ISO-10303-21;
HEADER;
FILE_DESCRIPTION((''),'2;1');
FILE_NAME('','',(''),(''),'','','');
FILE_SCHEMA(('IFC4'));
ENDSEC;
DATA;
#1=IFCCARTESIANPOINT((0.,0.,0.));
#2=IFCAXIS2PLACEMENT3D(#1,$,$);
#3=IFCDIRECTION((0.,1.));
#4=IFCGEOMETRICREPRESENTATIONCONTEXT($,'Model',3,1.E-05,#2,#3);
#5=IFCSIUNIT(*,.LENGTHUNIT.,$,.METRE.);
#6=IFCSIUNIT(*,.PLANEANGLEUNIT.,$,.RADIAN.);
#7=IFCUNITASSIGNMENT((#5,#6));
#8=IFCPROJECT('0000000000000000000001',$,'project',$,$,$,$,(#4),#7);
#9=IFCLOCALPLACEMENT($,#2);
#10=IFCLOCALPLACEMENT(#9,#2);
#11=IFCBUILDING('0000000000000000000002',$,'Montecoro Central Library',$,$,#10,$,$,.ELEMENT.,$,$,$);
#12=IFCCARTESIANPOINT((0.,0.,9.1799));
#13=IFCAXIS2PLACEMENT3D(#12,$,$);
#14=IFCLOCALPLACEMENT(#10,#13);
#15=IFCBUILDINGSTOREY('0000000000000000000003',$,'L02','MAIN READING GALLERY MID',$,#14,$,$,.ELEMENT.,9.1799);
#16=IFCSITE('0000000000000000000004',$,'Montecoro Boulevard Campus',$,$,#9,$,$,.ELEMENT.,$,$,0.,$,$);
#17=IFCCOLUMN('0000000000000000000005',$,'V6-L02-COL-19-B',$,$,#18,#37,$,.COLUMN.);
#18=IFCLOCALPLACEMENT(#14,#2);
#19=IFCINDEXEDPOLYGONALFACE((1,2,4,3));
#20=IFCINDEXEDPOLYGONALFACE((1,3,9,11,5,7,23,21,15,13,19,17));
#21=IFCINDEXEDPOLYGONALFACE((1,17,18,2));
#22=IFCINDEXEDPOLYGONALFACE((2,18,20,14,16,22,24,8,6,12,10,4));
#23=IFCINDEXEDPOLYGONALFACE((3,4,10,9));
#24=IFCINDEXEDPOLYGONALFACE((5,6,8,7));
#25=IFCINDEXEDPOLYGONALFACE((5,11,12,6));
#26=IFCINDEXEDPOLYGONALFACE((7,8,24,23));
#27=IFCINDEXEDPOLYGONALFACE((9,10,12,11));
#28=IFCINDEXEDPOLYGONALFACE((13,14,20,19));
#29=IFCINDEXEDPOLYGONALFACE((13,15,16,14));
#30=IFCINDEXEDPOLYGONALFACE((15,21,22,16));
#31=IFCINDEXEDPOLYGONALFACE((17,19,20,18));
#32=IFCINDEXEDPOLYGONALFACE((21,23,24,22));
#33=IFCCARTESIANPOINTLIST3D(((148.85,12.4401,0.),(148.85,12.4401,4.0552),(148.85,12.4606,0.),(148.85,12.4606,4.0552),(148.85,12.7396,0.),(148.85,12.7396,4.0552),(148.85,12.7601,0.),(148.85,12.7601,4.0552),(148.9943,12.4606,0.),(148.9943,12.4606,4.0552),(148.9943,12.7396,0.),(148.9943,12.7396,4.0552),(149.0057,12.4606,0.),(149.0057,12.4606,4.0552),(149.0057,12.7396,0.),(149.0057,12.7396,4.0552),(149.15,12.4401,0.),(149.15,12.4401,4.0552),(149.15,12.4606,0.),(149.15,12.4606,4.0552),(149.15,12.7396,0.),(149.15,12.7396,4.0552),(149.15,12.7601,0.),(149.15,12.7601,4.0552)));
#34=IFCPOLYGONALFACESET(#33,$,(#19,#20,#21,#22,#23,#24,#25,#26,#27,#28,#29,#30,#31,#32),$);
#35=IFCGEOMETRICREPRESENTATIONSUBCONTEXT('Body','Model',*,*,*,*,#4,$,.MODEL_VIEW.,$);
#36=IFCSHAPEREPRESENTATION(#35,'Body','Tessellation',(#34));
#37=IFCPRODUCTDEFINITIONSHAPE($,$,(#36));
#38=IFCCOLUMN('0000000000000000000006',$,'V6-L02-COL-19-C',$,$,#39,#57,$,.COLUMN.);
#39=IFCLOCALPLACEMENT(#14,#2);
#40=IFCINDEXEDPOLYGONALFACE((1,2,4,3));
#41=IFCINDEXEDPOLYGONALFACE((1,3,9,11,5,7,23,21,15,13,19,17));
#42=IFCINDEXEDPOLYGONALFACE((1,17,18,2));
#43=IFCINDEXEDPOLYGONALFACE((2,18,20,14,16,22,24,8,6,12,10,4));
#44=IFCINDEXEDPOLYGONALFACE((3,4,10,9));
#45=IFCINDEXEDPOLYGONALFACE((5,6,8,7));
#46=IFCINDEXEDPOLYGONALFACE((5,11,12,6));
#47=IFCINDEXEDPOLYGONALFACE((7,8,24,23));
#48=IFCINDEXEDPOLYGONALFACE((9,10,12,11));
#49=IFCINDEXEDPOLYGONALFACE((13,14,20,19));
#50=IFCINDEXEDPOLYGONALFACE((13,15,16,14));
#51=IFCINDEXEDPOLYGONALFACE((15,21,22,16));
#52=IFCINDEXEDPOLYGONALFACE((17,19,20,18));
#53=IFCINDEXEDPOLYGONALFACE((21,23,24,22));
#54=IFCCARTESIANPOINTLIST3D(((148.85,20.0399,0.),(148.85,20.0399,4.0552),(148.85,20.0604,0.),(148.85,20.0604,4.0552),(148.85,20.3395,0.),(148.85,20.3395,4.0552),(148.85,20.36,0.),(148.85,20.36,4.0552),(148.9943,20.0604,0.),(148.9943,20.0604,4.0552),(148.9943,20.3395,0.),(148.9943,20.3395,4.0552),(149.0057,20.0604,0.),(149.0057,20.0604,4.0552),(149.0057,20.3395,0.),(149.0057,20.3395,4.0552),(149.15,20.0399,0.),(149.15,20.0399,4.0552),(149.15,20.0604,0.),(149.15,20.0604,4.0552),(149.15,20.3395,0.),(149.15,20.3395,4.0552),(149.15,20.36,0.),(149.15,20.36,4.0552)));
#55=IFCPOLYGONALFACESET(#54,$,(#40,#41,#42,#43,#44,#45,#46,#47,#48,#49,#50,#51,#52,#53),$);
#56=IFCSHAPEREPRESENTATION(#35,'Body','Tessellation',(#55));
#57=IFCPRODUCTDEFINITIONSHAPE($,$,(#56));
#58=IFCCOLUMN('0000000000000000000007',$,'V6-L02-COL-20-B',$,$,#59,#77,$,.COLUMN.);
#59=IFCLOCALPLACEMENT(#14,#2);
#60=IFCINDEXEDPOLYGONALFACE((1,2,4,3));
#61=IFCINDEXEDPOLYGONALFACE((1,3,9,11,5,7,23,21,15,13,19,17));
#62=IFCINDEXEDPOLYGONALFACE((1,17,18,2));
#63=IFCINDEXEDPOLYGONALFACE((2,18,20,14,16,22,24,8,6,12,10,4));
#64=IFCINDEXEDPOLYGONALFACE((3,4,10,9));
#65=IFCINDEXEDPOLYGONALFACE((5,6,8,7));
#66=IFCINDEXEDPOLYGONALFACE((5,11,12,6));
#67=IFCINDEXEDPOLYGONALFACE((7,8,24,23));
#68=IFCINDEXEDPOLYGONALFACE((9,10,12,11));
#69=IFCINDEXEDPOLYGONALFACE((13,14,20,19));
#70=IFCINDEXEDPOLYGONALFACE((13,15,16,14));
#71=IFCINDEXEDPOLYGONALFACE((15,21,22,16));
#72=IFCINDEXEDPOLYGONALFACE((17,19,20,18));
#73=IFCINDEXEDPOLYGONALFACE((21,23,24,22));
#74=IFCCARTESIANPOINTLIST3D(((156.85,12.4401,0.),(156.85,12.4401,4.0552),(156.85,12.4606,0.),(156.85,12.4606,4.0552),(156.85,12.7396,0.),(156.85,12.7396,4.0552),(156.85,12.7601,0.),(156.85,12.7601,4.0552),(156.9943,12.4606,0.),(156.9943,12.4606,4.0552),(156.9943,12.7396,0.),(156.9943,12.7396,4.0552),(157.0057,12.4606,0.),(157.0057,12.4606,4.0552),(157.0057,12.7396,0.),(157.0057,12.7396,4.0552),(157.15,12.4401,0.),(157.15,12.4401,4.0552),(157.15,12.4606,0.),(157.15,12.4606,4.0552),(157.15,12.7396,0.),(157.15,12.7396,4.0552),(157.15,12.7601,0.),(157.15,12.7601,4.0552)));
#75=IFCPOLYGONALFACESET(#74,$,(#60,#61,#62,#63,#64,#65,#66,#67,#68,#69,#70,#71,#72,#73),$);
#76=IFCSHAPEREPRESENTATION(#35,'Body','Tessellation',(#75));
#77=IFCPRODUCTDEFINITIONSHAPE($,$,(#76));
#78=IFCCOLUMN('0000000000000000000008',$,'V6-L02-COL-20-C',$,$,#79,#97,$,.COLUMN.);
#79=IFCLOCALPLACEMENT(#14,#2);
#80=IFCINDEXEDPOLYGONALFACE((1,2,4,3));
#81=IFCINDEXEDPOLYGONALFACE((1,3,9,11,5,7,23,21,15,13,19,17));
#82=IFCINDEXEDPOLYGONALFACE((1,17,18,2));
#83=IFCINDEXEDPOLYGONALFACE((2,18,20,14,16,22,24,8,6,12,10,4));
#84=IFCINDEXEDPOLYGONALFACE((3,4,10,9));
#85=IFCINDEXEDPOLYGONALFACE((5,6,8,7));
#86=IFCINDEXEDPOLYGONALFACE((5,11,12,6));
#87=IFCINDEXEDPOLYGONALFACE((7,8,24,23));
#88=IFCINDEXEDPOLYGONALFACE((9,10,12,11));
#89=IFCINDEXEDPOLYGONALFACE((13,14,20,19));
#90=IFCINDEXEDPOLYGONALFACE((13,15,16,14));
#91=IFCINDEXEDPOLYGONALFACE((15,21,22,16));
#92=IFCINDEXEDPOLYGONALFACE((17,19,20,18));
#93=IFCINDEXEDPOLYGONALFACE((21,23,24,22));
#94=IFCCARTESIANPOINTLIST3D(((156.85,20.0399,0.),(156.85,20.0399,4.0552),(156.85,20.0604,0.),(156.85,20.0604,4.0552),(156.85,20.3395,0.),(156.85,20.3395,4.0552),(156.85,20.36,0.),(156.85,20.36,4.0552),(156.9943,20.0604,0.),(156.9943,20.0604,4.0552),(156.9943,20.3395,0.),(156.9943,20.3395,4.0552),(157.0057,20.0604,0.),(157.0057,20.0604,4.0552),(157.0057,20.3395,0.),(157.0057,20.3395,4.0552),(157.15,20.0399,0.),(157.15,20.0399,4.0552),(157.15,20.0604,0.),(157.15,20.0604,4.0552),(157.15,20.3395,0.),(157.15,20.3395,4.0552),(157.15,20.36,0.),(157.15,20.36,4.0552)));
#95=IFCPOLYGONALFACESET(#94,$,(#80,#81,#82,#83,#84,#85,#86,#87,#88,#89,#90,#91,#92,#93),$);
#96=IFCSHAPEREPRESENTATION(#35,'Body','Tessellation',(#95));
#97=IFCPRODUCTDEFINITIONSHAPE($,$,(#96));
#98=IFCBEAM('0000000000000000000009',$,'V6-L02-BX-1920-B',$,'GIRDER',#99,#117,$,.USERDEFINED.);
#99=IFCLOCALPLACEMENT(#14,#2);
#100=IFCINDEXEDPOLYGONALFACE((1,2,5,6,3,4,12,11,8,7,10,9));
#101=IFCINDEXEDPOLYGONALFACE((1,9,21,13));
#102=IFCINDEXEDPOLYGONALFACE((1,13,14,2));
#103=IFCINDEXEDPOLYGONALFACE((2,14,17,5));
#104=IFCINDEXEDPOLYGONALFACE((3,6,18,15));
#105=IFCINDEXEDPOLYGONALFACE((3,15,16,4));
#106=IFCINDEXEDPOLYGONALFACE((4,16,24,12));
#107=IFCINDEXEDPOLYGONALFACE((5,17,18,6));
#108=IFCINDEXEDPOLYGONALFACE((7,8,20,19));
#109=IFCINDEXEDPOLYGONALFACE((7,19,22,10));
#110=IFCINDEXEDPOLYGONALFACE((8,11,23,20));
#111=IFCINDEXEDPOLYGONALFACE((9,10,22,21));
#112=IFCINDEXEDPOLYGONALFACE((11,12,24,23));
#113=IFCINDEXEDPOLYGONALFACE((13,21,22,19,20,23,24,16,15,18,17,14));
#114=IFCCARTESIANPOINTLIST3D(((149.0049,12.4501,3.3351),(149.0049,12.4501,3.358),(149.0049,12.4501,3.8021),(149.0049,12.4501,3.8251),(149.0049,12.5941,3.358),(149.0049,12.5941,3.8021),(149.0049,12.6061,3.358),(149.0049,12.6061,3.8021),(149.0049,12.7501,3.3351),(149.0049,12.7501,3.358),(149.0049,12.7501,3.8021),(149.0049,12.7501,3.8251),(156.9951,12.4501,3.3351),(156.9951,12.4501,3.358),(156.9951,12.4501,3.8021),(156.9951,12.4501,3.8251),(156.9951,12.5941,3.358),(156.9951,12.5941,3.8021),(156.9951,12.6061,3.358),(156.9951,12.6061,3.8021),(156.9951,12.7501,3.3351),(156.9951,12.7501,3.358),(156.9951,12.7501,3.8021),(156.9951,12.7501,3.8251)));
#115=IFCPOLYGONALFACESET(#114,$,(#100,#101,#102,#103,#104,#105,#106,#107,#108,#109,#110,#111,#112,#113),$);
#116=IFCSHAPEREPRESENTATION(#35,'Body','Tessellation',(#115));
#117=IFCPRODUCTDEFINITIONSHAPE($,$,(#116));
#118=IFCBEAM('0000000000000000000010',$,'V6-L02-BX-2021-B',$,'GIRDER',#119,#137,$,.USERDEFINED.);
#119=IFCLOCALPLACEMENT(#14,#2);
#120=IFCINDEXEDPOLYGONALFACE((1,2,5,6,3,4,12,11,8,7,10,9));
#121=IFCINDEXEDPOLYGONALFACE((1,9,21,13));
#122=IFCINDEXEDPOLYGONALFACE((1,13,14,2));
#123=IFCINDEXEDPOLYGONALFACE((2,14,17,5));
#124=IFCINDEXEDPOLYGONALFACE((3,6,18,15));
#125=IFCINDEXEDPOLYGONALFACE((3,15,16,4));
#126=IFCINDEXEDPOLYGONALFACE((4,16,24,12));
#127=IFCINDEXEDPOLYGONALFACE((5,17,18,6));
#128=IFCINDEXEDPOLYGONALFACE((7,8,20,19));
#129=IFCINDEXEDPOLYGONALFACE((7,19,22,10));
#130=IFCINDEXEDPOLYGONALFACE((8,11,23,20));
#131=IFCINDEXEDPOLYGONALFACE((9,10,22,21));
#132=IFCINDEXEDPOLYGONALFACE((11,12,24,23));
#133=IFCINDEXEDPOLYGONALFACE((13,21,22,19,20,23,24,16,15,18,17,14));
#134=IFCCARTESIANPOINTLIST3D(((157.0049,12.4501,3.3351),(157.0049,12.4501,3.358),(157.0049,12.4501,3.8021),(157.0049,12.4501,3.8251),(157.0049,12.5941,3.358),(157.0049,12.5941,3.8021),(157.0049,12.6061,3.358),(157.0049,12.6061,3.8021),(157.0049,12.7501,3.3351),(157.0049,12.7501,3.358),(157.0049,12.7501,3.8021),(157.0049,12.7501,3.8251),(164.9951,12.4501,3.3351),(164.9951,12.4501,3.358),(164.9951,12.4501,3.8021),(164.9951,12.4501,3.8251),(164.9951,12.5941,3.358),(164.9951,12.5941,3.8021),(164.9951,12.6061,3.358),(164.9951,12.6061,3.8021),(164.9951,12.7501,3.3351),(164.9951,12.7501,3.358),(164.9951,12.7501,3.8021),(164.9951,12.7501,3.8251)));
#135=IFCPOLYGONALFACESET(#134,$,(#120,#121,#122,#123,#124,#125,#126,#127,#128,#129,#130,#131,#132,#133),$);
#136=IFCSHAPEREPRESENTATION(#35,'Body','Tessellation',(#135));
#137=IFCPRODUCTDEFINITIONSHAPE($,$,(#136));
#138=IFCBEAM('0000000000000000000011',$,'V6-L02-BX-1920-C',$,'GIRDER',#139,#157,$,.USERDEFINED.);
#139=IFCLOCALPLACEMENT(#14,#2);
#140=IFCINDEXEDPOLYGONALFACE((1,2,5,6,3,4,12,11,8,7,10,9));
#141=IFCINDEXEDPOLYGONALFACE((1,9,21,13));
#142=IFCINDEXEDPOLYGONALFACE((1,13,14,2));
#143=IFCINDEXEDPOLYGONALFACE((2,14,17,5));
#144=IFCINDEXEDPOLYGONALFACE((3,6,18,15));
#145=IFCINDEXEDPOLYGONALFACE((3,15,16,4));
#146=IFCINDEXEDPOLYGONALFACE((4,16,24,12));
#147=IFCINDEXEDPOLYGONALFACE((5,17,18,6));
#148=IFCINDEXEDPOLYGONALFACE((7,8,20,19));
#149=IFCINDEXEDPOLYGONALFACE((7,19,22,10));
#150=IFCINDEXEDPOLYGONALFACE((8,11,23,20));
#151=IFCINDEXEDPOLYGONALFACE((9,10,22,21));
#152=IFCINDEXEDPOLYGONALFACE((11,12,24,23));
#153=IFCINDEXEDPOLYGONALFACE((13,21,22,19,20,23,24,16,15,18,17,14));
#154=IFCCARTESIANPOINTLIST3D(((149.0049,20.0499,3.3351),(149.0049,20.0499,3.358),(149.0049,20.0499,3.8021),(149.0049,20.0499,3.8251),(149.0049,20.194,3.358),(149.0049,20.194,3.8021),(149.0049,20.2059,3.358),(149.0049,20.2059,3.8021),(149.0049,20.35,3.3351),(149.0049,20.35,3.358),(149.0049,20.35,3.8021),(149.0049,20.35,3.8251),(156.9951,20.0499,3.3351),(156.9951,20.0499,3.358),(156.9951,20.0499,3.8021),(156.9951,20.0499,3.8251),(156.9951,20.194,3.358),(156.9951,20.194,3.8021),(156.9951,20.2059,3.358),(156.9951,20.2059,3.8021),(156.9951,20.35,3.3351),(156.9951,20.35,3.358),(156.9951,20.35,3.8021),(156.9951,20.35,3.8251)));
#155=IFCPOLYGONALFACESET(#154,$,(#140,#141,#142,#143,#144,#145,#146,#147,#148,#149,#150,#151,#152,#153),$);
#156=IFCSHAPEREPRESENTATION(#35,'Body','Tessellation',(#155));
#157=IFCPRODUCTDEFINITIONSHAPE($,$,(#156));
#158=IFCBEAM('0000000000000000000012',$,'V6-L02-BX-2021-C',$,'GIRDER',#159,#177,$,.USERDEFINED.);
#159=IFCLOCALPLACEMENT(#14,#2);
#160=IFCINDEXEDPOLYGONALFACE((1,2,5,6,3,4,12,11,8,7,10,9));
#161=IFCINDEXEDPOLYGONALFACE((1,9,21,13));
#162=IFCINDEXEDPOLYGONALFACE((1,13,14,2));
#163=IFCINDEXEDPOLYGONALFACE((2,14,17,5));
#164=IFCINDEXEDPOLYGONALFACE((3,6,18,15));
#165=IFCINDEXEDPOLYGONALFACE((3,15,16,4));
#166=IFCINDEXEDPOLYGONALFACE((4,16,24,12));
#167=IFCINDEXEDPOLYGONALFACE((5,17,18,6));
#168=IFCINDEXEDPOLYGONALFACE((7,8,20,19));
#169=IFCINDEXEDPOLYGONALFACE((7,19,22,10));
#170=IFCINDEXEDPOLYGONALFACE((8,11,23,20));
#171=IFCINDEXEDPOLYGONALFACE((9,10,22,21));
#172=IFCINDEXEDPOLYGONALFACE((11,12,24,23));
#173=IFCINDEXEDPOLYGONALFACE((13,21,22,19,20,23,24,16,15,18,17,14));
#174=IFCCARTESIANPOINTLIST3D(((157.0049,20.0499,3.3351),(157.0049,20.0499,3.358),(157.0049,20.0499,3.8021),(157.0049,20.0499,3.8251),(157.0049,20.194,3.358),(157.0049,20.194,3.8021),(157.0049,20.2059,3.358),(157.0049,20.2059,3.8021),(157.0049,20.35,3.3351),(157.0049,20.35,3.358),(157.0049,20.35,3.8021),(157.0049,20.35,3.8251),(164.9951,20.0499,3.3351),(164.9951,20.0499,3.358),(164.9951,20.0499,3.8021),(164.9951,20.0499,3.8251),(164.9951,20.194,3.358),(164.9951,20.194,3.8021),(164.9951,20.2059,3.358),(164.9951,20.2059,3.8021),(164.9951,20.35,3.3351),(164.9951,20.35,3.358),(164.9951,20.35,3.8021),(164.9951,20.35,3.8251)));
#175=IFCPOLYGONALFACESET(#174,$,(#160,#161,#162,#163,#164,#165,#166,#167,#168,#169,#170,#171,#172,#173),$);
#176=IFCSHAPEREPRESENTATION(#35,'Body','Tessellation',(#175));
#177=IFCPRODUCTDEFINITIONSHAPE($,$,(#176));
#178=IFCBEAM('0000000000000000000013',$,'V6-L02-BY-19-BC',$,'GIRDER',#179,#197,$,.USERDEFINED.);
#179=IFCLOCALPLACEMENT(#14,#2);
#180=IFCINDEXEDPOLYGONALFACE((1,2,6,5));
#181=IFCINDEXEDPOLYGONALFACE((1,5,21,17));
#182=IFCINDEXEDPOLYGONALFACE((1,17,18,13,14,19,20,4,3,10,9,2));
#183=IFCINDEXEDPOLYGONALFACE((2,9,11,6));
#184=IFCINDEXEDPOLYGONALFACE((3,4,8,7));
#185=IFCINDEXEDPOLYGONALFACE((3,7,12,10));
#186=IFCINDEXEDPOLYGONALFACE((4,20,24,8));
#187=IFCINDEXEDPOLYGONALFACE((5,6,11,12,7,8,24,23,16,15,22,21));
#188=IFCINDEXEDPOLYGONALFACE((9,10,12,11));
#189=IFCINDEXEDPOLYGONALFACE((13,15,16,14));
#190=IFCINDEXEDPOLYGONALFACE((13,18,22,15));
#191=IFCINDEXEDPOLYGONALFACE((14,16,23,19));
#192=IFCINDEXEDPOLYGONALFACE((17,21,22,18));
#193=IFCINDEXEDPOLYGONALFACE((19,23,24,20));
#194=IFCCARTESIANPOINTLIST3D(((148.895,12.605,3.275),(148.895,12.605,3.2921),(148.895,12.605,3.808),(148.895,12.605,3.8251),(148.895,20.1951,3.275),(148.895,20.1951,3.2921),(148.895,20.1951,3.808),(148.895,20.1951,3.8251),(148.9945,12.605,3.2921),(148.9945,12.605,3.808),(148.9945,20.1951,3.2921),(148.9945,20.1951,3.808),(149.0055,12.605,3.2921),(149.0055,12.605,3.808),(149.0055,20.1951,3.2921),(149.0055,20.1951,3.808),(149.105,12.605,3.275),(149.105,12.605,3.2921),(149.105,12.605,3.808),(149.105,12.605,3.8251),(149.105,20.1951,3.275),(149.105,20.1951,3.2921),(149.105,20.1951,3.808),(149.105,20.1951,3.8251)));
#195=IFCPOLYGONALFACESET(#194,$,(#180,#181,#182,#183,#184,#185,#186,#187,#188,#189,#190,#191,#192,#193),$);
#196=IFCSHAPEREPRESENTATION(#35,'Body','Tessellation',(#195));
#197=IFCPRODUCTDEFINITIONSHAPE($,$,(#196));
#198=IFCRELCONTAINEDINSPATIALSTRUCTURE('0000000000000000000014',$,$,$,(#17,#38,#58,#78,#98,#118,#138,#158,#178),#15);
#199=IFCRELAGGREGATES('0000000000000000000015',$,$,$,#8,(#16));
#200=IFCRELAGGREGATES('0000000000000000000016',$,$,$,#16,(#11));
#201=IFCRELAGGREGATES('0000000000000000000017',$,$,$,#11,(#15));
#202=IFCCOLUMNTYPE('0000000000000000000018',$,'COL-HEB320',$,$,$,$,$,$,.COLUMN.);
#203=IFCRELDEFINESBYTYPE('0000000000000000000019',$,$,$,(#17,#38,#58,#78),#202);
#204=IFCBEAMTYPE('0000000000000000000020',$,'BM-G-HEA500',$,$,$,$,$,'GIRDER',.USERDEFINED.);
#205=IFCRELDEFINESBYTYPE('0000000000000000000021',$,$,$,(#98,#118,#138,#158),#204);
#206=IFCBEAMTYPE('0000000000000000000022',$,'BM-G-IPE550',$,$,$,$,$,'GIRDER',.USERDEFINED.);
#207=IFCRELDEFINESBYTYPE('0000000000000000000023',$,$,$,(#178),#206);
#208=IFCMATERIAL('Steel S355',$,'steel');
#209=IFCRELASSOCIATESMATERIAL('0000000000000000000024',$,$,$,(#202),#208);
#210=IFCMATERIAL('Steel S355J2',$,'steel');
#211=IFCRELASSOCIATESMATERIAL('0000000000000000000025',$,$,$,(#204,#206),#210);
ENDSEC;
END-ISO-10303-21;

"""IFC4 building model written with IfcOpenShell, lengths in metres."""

from ifc_helpers import new_model, si_unit, direction, frame, origin, origin_2d, place, context, subcontext, project, spatial, i_section, extrude, material, material_profile, profile_set, type_object, element, save


model = new_model("IFC4")

# Units and contexts
model_context = context("Model", 3, precision=1e-05, world=origin(), true_north=direction((0.0, 1.0)))
body_context = subcontext(model_context, "Body", "Model", "MODEL_VIEW")
ifc_project = project(units=[si_unit("LENGTHUNIT", "METRE"), si_unit("PLANEANGLEUNIT", "RADIAN")], contexts=[model_context])

# Site, building, storey
site_placement = place(None, origin())
site = spatial("IfcSite", under=ifc_project, at=site_placement, Name="Montecoro Boulevard Campus", CompositionType="ELEMENT", RefElevation=0.0)
building_placement = place(site_placement, origin())
building = spatial("IfcBuilding", under=site, at=building_placement, Name="Montecoro Central Library", CompositionType="ELEMENT")
storey_placement = place(building_placement, frame((0.0, 0.0, 9.1799)))
storey = spatial("IfcBuildingStorey", under=building, at=storey_placement, Name="L02", Description="MAIN READING GALLERY MID", CompositionType="ELEMENT", Elevation=9.1799)

# Columns
ifc_material_1 = material(Name="Steel S355", Category="steel")
ifc_material_profile_1 = material_profile(ifc_material_1, i_section(OverallWidth=0.3, OverallDepth=0.3201, WebThickness=0.0115, FlangeThickness=0.0205, at=origin_2d()), Name="HEB 320")
ifc_profile_set_1 = profile_set([ifc_material_profile_1], Name="Steel S355")
column_type = type_object("IfcColumnType", Name="COL-HEB320", PredefinedType="COLUMN", material=ifc_profile_set_1)
for number, where, z_axis, x_axis, name in (
    (1, (149.0, 12.6001, 0.0), (0.0, 0.0, 1.0), (1.0, 0.0, 0.0), "V6-L02-COL-19-B"),
    (2, (149.0, 20.2, 0.0), (0.0, 0.0, 1.0), (1.0, 0.0, 0.0), "V6-L02-COL-19-C"),
    (3, (157.0, 12.6001, 0.0), (0.0, 0.0, 1.0), (1.0, 0.0, 0.0), "V6-L02-COL-20-B"),
    (4, (157.0, 20.2, 0.0), (0.0, 0.0, 1.0), (1.0, 0.0, 0.0), "V6-L02-COL-20-C"),
):
    element("IfcColumn", number, at=place(storey_placement, frame(where, z_axis=z_axis, x_axis=x_axis)), inside=storey, type_object=column_type, Name=name, PredefinedType="COLUMN", context=body_context, shape_type="SweptSolid", body=[
        extrude(i_section(OverallWidth=0.3, OverallDepth=0.3201, WebThickness=0.0115, FlangeThickness=0.0205, at=origin_2d()), origin(), (0.0, 0.0, 1.0), 4.0552),
    ])

# Beams
ifc_material_2 = material(Name="Steel S355J2", Category="steel")
ifc_material_profile_2 = material_profile(ifc_material_2, i_section(OverallWidth=0.3, OverallDepth=0.49, WebThickness=0.012, FlangeThickness=0.0229, at=origin_2d()), Name="HEA 500")
ifc_profile_set_2 = profile_set([ifc_material_profile_2], Name="Steel S355J2")
beam_type_1 = type_object("IfcBeamType", Name="BM-G-HEA500", ElementType="GIRDER", PredefinedType="USERDEFINED", material=ifc_profile_set_2)
for number, where, z_axis, x_axis, name in (
    (5, (149.0049, 12.6001, 3.5801), (1.0, 0.0, 0.0), (0.0, 1.0, 0.0), "V6-L02-BX-1920-B"),
    (6, (157.0049, 12.6001, 3.5801), (1.0, 0.0, 0.0), (0.0, 1.0, 0.0), "V6-L02-BX-2021-B"),
    (7, (149.0049, 20.2, 3.5801), (1.0, 0.0, 0.0), (0.0, 1.0, 0.0), "V6-L02-BX-1920-C"),
    (8, (157.0049, 20.2, 3.5801), (1.0, 0.0, 0.0), (0.0, 1.0, 0.0), "V6-L02-BX-2021-C"),
):
    element("IfcBeam", number, at=place(storey_placement, frame(where, z_axis=z_axis, x_axis=x_axis)), inside=storey, type_object=beam_type_1, Name=name, ObjectType="GIRDER", PredefinedType="USERDEFINED", context=body_context, shape_type="SweptSolid", body=[
        extrude(i_section(OverallWidth=0.3, OverallDepth=0.49, WebThickness=0.012, FlangeThickness=0.0229, at=origin_2d()), origin(), (0.0, 0.0, 1.0), 7.9902),
    ])
ifc_material_profile_3 = material_profile(ifc_material_2, i_section(OverallWidth=0.21, OverallDepth=0.55, WebThickness=0.011, FlangeThickness=0.0171, at=origin_2d()), Name="IPE 550")
ifc_profile_set_3 = profile_set([ifc_material_profile_3], Name="Steel S355J2")
beam_type_2 = type_object("IfcBeamType", Name="BM-G-IPE550", ElementType="GIRDER", PredefinedType="USERDEFINED", material=ifc_profile_set_3)
beam_1_placement = place(storey_placement, frame((149.0, 12.605, 3.55), z_axis=(0.0, 1.0, 0.0), x_axis=(-1.0, 0.0, 0.0)))
element("IfcBeam", 9, at=beam_1_placement, inside=storey, type_object=beam_type_2, Name="V6-L02-BY-19-BC", ObjectType="GIRDER", PredefinedType="USERDEFINED", context=body_context, shape_type="SweptSolid", body=[
    extrude(i_section(OverallWidth=0.21, OverallDepth=0.55, WebThickness=0.011, FlangeThickness=0.0171, at=origin_2d()), origin(), (0.0, 0.0, 1.0), 7.5901),
])

save(model, "model.ifc")
